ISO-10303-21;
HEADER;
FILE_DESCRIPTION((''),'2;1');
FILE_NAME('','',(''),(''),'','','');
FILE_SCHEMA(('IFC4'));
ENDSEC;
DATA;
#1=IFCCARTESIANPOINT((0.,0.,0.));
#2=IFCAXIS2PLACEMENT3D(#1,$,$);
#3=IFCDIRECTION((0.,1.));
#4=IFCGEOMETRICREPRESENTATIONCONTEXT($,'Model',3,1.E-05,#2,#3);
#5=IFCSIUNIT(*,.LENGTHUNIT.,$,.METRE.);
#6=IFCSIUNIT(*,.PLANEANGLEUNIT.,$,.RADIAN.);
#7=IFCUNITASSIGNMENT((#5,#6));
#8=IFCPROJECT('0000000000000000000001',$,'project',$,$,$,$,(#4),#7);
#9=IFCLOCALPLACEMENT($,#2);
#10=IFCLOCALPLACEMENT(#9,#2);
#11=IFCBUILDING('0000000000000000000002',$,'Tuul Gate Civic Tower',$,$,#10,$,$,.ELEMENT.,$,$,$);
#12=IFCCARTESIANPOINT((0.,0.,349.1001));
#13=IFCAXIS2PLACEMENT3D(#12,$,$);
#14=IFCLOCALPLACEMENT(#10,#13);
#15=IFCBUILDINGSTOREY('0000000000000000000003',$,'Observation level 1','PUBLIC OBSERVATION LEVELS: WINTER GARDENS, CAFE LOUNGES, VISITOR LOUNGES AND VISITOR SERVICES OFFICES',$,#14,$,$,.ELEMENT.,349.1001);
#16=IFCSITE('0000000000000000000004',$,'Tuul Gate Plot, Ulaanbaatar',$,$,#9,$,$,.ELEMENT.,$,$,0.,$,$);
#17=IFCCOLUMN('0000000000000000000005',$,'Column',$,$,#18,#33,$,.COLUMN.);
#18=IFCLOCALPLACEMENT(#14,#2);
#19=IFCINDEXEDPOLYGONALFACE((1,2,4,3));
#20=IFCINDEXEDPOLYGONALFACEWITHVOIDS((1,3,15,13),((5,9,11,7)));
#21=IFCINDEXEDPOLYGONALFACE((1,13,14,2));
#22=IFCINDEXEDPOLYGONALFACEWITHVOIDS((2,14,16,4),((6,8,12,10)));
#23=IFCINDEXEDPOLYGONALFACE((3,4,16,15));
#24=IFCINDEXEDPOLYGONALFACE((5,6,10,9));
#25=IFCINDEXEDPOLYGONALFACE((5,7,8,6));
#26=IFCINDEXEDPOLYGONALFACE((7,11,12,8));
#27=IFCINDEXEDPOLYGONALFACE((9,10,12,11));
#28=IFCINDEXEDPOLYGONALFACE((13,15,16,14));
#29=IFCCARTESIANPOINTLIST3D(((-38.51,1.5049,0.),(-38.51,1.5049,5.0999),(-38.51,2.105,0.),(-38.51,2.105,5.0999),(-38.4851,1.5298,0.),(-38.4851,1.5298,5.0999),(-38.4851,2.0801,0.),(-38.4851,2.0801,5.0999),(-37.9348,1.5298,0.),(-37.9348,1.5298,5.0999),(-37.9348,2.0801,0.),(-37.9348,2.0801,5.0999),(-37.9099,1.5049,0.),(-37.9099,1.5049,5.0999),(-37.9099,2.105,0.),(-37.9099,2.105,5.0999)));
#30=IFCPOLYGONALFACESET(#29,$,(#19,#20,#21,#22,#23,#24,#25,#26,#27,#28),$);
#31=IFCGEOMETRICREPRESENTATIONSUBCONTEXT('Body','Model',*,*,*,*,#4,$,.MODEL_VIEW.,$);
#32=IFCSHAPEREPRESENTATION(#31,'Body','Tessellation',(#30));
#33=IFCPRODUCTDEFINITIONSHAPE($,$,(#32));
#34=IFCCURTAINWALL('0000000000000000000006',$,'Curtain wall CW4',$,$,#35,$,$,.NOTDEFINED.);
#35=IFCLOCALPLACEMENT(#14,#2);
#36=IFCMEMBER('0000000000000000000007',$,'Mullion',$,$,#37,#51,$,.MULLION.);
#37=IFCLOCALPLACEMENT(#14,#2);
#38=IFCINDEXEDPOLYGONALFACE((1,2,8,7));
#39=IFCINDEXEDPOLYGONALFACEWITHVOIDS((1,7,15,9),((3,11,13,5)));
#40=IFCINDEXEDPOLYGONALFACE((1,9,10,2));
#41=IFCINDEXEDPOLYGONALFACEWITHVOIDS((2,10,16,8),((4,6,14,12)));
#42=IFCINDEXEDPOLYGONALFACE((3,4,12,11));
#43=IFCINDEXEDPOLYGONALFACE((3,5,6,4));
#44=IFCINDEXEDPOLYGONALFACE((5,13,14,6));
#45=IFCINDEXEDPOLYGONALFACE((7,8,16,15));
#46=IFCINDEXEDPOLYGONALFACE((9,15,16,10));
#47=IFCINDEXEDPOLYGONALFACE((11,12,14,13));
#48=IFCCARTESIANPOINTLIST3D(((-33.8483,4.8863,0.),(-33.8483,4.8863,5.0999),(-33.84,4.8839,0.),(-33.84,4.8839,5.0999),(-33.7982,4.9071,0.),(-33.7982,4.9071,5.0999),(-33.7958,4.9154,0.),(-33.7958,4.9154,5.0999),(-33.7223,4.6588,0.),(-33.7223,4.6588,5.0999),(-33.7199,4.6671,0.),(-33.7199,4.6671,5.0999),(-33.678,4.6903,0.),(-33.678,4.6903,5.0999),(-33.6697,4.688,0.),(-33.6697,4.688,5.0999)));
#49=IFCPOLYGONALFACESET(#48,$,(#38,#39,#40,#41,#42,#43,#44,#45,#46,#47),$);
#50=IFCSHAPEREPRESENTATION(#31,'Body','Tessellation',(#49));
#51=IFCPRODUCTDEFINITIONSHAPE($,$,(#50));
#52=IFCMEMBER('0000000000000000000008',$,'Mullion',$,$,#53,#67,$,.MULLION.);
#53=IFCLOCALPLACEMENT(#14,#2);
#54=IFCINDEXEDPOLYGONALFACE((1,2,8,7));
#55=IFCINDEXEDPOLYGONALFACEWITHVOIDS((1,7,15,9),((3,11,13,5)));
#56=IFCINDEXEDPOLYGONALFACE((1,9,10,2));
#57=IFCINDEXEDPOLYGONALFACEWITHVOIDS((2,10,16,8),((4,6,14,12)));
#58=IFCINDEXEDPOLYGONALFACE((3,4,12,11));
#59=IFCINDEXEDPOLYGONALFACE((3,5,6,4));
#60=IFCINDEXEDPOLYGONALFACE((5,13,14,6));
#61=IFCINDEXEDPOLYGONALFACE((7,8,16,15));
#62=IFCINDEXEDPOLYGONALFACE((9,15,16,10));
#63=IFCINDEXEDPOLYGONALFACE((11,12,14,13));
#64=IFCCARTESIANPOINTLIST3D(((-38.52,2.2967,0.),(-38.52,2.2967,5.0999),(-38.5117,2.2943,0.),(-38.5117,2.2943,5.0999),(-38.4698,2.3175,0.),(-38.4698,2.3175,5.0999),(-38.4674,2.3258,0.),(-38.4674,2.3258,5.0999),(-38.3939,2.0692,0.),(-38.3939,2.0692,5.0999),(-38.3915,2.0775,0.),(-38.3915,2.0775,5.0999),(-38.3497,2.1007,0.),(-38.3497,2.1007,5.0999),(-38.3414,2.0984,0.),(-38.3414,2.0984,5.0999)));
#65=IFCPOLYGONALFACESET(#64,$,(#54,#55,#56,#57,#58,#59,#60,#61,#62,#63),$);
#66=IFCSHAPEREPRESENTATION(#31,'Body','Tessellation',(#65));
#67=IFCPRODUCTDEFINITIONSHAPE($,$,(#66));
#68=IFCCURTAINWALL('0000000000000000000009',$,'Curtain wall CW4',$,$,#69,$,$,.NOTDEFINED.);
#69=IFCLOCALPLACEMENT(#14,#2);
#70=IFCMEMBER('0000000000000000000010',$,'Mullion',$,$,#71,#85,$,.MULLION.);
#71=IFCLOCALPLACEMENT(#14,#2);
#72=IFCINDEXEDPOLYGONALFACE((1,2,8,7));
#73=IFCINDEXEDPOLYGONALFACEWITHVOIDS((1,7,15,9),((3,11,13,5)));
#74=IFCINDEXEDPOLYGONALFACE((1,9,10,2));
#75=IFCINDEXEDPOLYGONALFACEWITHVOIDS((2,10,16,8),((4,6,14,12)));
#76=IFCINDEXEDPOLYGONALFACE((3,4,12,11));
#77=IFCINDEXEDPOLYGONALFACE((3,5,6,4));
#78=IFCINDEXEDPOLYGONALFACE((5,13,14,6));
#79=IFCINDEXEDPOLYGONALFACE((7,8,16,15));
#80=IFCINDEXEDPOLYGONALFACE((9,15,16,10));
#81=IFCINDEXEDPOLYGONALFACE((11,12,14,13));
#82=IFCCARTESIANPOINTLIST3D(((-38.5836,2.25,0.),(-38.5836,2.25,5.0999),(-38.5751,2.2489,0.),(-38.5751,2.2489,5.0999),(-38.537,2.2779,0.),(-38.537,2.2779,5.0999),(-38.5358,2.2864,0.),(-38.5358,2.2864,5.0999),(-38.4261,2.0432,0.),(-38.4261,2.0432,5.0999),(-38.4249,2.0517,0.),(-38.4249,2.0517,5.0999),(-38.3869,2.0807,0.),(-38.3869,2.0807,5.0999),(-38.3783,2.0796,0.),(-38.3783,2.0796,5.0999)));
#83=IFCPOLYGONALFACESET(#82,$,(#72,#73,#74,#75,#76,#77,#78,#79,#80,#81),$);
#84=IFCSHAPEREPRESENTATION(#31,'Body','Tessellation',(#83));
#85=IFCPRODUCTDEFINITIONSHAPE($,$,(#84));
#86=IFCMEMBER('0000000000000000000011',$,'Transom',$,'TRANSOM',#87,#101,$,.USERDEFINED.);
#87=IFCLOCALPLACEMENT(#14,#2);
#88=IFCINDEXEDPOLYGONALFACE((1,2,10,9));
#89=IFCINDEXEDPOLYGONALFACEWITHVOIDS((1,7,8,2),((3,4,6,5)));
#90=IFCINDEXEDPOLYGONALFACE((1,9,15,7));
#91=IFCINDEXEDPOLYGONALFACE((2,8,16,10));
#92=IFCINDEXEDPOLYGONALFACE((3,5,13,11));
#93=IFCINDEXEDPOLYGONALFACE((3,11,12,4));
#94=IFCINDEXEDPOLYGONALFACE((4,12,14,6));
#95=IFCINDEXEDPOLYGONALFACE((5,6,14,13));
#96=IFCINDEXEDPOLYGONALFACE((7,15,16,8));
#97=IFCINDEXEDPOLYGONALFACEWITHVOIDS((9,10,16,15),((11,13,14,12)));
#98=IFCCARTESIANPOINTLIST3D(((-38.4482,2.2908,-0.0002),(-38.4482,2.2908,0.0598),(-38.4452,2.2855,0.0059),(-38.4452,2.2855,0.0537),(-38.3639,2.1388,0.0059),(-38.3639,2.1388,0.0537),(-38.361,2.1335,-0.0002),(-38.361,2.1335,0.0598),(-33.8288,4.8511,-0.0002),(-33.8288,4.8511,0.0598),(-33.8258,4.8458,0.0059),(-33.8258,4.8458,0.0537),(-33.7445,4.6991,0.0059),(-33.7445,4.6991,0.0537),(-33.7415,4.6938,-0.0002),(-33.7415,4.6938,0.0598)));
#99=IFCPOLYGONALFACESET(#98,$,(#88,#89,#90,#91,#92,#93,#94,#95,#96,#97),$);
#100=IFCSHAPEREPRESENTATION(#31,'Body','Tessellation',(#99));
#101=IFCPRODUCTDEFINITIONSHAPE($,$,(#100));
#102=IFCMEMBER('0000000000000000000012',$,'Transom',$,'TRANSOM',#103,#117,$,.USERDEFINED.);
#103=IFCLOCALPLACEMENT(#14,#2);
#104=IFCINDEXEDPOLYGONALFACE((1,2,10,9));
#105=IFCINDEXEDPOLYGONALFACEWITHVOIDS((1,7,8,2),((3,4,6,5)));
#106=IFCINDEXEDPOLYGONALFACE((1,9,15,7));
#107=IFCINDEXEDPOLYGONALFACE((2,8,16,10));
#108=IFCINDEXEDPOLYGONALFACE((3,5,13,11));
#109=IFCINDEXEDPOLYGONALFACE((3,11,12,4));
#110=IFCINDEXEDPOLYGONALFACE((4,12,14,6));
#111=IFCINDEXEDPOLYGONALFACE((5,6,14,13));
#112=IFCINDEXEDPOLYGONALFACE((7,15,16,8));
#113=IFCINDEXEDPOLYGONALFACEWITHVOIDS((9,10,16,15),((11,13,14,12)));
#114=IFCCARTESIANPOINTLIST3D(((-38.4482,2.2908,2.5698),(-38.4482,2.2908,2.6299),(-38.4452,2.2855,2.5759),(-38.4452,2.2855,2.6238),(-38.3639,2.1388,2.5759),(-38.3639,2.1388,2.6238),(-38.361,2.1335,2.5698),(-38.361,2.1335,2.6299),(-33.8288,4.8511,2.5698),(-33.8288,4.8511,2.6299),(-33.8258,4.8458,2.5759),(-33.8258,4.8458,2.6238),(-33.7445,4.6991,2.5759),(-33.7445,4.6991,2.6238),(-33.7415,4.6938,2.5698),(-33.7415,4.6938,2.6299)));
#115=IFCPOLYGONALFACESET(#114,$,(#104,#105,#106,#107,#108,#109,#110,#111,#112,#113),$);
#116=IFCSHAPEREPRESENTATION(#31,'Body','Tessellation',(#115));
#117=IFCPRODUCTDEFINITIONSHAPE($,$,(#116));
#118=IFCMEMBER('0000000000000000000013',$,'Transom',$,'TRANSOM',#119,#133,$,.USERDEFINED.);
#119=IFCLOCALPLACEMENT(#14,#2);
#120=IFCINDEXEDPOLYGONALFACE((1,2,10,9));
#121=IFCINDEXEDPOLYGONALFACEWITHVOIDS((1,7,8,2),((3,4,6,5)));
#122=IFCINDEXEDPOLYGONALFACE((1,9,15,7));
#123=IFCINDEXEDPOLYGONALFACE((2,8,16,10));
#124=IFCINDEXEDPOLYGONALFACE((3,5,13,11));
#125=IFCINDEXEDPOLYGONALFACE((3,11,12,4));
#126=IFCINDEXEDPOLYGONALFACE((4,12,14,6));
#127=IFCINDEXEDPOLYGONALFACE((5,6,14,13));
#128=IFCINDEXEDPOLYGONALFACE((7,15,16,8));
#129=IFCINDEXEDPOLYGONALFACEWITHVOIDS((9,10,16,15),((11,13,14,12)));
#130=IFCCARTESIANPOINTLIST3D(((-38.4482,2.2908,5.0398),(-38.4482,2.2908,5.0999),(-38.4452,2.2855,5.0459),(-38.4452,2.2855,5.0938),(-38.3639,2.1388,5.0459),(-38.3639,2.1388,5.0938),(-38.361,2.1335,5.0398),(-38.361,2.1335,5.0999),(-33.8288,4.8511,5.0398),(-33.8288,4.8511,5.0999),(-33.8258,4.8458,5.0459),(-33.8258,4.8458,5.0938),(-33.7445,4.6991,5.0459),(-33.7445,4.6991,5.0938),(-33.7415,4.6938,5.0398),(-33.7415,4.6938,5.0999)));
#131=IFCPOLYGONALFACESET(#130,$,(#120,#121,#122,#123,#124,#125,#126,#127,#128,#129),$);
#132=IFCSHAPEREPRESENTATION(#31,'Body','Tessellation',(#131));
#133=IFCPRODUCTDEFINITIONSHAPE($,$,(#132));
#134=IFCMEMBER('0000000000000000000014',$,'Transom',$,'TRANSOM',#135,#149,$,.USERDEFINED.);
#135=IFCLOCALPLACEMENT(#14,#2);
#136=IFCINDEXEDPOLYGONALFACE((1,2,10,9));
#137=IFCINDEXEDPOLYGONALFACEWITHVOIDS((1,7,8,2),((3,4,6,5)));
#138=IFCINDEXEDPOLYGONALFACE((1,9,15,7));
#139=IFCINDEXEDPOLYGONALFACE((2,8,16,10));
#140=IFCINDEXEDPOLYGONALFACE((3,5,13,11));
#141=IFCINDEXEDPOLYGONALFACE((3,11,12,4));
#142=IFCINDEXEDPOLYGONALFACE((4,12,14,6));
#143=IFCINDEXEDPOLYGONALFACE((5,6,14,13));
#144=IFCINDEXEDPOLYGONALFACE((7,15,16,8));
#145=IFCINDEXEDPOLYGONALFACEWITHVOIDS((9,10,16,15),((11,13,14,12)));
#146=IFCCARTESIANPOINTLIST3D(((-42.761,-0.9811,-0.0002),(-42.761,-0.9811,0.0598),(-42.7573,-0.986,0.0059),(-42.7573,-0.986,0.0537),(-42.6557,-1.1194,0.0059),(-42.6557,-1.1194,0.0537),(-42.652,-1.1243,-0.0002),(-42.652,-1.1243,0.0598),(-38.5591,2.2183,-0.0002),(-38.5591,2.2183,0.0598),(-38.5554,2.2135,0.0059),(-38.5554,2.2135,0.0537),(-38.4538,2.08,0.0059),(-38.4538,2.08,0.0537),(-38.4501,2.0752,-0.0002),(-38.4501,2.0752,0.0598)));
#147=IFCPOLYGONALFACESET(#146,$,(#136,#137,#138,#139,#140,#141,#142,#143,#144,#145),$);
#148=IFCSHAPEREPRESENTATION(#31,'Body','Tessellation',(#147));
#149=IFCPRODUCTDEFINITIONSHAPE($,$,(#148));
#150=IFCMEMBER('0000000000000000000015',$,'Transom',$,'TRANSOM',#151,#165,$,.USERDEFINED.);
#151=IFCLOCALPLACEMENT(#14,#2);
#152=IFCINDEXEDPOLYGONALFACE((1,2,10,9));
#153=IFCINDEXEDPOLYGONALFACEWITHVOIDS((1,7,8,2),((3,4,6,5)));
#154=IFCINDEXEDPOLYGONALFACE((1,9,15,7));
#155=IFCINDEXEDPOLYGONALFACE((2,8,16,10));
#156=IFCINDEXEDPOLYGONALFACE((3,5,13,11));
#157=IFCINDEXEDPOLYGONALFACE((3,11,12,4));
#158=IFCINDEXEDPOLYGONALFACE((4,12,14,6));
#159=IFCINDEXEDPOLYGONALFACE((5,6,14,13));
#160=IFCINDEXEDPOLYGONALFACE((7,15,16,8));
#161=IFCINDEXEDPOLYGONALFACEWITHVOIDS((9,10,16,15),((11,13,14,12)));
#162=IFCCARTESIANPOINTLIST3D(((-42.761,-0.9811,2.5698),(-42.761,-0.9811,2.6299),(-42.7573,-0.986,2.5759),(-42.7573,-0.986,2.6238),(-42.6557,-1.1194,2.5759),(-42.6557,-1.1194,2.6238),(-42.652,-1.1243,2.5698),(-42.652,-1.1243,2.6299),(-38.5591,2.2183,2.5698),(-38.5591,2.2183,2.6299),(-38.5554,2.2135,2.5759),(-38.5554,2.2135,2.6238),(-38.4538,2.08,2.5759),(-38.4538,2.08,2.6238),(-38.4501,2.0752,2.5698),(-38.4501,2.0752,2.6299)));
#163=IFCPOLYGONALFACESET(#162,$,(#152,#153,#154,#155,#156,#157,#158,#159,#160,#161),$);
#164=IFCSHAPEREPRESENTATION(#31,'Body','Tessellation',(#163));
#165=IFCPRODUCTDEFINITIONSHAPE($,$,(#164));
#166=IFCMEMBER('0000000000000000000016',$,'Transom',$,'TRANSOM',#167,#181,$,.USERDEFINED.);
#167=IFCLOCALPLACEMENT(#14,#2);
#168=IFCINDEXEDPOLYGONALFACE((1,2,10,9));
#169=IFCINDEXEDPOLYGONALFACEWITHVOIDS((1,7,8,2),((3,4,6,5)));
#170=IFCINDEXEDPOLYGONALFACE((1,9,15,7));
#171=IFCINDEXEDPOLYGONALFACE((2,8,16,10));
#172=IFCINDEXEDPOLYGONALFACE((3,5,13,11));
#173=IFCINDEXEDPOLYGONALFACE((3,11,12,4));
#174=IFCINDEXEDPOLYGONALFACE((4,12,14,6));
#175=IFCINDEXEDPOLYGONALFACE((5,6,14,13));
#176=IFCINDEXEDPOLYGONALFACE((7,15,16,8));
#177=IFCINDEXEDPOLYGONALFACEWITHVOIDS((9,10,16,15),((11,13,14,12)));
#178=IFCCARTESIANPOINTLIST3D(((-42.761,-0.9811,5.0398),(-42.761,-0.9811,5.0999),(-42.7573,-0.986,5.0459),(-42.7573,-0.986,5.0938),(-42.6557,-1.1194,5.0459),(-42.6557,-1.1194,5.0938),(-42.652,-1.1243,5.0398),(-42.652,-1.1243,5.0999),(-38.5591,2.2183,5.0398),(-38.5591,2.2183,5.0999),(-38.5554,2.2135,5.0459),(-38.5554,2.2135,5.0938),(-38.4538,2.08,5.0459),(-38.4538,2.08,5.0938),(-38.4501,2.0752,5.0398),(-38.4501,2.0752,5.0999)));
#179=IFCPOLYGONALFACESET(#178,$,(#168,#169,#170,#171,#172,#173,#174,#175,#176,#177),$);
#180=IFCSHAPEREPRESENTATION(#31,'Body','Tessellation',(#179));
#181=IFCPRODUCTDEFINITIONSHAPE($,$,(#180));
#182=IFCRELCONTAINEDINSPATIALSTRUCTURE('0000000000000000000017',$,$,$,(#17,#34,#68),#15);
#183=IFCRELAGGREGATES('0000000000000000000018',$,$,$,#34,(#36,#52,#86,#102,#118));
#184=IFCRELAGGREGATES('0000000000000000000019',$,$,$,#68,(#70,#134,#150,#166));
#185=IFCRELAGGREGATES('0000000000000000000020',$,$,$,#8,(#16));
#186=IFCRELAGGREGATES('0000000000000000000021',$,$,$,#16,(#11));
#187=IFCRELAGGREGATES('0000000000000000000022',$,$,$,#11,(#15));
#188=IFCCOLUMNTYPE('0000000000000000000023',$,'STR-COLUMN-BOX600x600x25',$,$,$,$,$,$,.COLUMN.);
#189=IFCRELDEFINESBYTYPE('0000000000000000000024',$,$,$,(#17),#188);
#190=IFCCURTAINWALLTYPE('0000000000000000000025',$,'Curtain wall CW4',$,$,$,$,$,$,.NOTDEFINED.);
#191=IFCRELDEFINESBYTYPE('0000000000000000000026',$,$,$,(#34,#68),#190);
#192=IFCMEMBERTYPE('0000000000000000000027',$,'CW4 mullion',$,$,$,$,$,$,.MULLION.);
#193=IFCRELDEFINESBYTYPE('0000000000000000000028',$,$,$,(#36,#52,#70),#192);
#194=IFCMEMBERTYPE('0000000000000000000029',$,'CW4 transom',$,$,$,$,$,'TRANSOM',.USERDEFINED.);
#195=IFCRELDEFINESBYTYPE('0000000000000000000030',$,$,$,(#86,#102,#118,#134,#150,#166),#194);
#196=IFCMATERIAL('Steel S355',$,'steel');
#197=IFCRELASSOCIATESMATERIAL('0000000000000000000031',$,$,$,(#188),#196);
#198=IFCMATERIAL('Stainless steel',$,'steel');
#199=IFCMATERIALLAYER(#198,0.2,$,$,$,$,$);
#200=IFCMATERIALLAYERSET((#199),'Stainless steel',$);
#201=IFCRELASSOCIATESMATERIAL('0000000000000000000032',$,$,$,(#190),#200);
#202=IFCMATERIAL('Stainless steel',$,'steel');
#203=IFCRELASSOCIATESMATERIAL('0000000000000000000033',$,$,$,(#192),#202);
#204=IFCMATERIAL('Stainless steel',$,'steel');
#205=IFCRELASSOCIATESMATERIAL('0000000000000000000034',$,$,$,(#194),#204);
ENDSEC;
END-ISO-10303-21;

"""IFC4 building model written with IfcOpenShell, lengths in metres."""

from ifc_helpers import new_model, si_unit, direction, frame, origin, origin_2d, place, context, subcontext, project, spatial, hollow_rectangle, extrude, material, layer, layer_set, material_profile, profile_set, type_object, element, aggregate, save


model = new_model("IFC4")

# Units and contexts
model_context = context("Model", 3, precision=1e-05, world=origin(), true_north=direction((0.0, 1.0)))
body_context = subcontext(model_context, "Body", "Model", "MODEL_VIEW")
ifc_project = project(units=[si_unit("LENGTHUNIT", "METRE"), si_unit("PLANEANGLEUNIT", "RADIAN")], contexts=[model_context])

# Site, building, storey
site_placement = place(None, origin())
site = spatial("IfcSite", under=ifc_project, at=site_placement, Name="Tuul Gate Plot, Ulaanbaatar", CompositionType="ELEMENT", RefElevation=0.0)
building_placement = place(site_placement, origin())
building = spatial("IfcBuilding", under=site, at=building_placement, Name="Tuul Gate Civic Tower", CompositionType="ELEMENT")
storey_placement = place(building_placement, frame((0.0, 0.0, 349.1001)))
storey = spatial("IfcBuildingStorey", under=building, at=storey_placement, Name="Observation level 1", Description="PUBLIC OBSERVATION LEVELS: WINTER GARDENS, CAFE LOUNGES, VISITOR LOUNGES AND VISITOR SERVICES OFFICES", CompositionType="ELEMENT", Elevation=349.1001)

# Column
ifc_material_1 = material(Name="Steel S355", Category="steel")
ifc_material_profile_1 = material_profile(ifc_material_1, hollow_rectangle(XDim=0.6001, YDim=0.6001, WallThickness=0.0249, at=origin_2d()), Name="BOX600x600x25")
ifc_profile_set_1 = profile_set([ifc_material_profile_1], Name="Steel S355")
column_type = type_object("IfcColumnType", Name="STR-COLUMN-BOX600x600x25", PredefinedType="COLUMN", material=ifc_profile_set_1)
column_placement = place(storey_placement, frame((-38.21, 1.8049, 0.0), z_axis=(0.0, 0.0, 1.0), x_axis=(1.0, 0.0, 0.0)))
element("IfcColumn", 1, at=column_placement, inside=storey, type_object=column_type, Name="Column", PredefinedType="COLUMN", context=body_context, shape_type="SweptSolid", body=[
    extrude(hollow_rectangle(XDim=0.6001, YDim=0.6001, WallThickness=0.0249, at=origin_2d()), origin(), (0.0, 0.0, 1.0), 5.0999),
])

# Curtain wall, members
ifc_material_2 = material(Name="Stainless steel", Category="steel")
ifc_layer_1 = layer(ifc_material_2, 0.2)
ifc_layer_set_1 = layer_set([ifc_layer_1], Name="Stainless steel")
curtain_wall_type = type_object("IfcCurtainWallType", Name="Curtain wall CW4", PredefinedType="NOTDEFINED", material=ifc_layer_set_1)
curtain_wall_1_placement = place(storey_placement, origin())
curtain_wall_1 = element("IfcCurtainWall", 2, at=curtain_wall_1_placement, inside=storey, type_object=curtain_wall_type, Name="Curtain wall CW4", PredefinedType="NOTDEFINED")
ifc_material_3 = material(Name="Stainless steel", Category="steel")
ifc_material_profile_2 = material_profile(ifc_material_3, hollow_rectangle(XDim=0.26, YDim=0.0601, WallThickness=0.0061, at=origin_2d()), Name="CW4 mullion")
ifc_profile_set_2 = profile_set([ifc_material_profile_2], Name="Stainless steel")
member_type_1 = type_object("IfcMemberType", Name="CW4 mullion", PredefinedType="MULLION", material=ifc_profile_set_2)
member_1_placement = place(storey_placement, frame((-33.759, 4.7871, 0.0), z_axis=(0.0, 0.0, 1.0), x_axis=(0.484789, -0.874631, 0.0)))
member_1 = element("IfcMember", 3, at=member_1_placement, type_object=member_type_1, Name="Mullion", PredefinedType="MULLION", context=body_context, shape_type="SweptSolid", body=[
    extrude(hollow_rectangle(XDim=0.26, YDim=0.0601, WallThickness=0.0061, at=origin_2d()), origin(), (0.0, 0.0, 1.0), 5.0999),
])
member_2_placement = place(storey_placement, frame((-38.4307, 2.1975, 0.0), z_axis=(0.0, 0.0, 1.0), x_axis=(0.484789, -0.874631, 0.0)))
member_2 = element("IfcMember", 4, at=member_2_placement, type_object=member_type_1, Name="Mullion", PredefinedType="MULLION", context=body_context, shape_type="SweptSolid", body=[
    extrude(hollow_rectangle(XDim=0.26, YDim=0.0601, WallThickness=0.0061, at=origin_2d()), origin(), (0.0, 0.0, 1.0), 5.0999),
])

# Curtain wall, member
curtain_wall_2_placement = place(storey_placement, origin())
curtain_wall_2 = element("IfcCurtainWall", 5, at=curtain_wall_2_placement, inside=storey, type_object=curtain_wall_type, Name="Curtain wall CW4", PredefinedType="NOTDEFINED")
member_3_placement = place(storey_placement, frame((-38.481, 2.1648, 0.0), z_axis=(0.0, 0.0, 1.0), x_axis=(0.605808, -0.795611, 0.0)))
member_3 = element("IfcMember", 6, at=member_3_placement, type_object=member_type_1, Name="Mullion", PredefinedType="MULLION", context=body_context, shape_type="SweptSolid", body=[
    extrude(hollow_rectangle(XDim=0.26, YDim=0.0601, WallThickness=0.0061, at=origin_2d()), origin(), (0.0, 0.0, 1.0), 5.0999),
])

# Members
ifc_material_4 = material(Name="Stainless steel", Category="steel")
ifc_material_profile_3 = material_profile(ifc_material_4, hollow_rectangle(XDim=0.1799, YDim=0.0601, WallThickness=0.0061, at=origin_2d()), Name="CW4 transom")
ifc_profile_set_3 = profile_set([ifc_material_profile_3], Name="Stainless steel")
member_type_2 = type_object("IfcMemberType", Name="CW4 transom", ElementType="TRANSOM", PredefinedType="USERDEFINED", material=ifc_profile_set_3)
member_4_placement = place(storey_placement, frame((-33.7852, 4.7725, 0.0298), z_axis=(-0.874641, -0.484771, 0.0), x_axis=(0.484771, -0.874641, 0.0)))
member_4 = element("IfcMember", 7, at=member_4_placement, type_object=member_type_2, Name="Transom", ObjectType="TRANSOM", PredefinedType="USERDEFINED", context=body_context, shape_type="SweptSolid", body=[
    extrude(hollow_rectangle(XDim=0.1799, YDim=0.0601, WallThickness=0.0061, at=origin_2d()), origin(), (0.0, 0.0, 1.0), 5.2815),
])
member_5_placement = place(storey_placement, frame((-33.7852, 4.7725, 2.5999), z_axis=(-0.874641, -0.484771, 0.0), x_axis=(0.484771, -0.874641, 0.0)))
member_5 = element("IfcMember", 8, at=member_5_placement, type_object=member_type_2, Name="Transom", ObjectType="TRANSOM", PredefinedType="USERDEFINED", context=body_context, shape_type="SweptSolid", body=[
    extrude(hollow_rectangle(XDim=0.1799, YDim=0.0601, WallThickness=0.0061, at=origin_2d()), origin(), (0.0, 0.0, 1.0), 5.2815),
])
member_6_placement = place(storey_placement, frame((-33.7852, 4.7725, 5.0698), z_axis=(-0.874641, -0.484771, 0.0), x_axis=(0.484771, -0.874641, 0.0)))
member_6 = element("IfcMember", 9, at=member_6_placement, type_object=member_type_2, Name="Transom", ObjectType="TRANSOM", PredefinedType="USERDEFINED", context=body_context, shape_type="SweptSolid", body=[
    extrude(hollow_rectangle(XDim=0.1799, YDim=0.0601, WallThickness=0.0061, at=origin_2d()), origin(), (0.0, 0.0, 1.0), 5.2815),
])
member_7_placement = place(storey_placement, frame((-38.5046, 2.1467, 0.0298), z_axis=(-0.795613, -0.605805, 0.0), x_axis=(0.605805, -0.795613, 0.0)))
member_7 = element("IfcMember", 10, at=member_7_placement, type_object=member_type_2, Name="Transom", ObjectType="TRANSOM", PredefinedType="USERDEFINED", context=body_context, shape_type="SweptSolid", body=[
    extrude(hollow_rectangle(XDim=0.1799, YDim=0.0601, WallThickness=0.0061, at=origin_2d()), origin(), (0.0, 0.0, 1.0), 5.2812),
])
member_8_placement = place(storey_placement, frame((-38.5046, 2.1467, 2.5999), z_axis=(-0.795613, -0.605805, 0.0), x_axis=(0.605805, -0.795613, 0.0)))
member_8 = element("IfcMember", 11, at=member_8_placement, type_object=member_type_2, Name="Transom", ObjectType="TRANSOM", PredefinedType="USERDEFINED", context=body_context, shape_type="SweptSolid", body=[
    extrude(hollow_rectangle(XDim=0.1799, YDim=0.0601, WallThickness=0.0061, at=origin_2d()), origin(), (0.0, 0.0, 1.0), 5.2812),
])
member_9_placement = place(storey_placement, frame((-38.5046, 2.1467, 5.0698), z_axis=(-0.795613, -0.605805, 0.0), x_axis=(0.605805, -0.795613, 0.0)))
member_9 = element("IfcMember", 12, at=member_9_placement, type_object=member_type_2, Name="Transom", ObjectType="TRANSOM", PredefinedType="USERDEFINED", context=body_context, shape_type="SweptSolid", body=[
    extrude(hollow_rectangle(XDim=0.1799, YDim=0.0601, WallThickness=0.0061, at=origin_2d()), origin(), (0.0, 0.0, 1.0), 5.2812),
])

aggregate(curtain_wall_1, [member_1, member_2, member_4, member_5, member_6])
aggregate(curtain_wall_2, [member_3, member_7, member_8, member_9])

save(model, "model.ifc")
